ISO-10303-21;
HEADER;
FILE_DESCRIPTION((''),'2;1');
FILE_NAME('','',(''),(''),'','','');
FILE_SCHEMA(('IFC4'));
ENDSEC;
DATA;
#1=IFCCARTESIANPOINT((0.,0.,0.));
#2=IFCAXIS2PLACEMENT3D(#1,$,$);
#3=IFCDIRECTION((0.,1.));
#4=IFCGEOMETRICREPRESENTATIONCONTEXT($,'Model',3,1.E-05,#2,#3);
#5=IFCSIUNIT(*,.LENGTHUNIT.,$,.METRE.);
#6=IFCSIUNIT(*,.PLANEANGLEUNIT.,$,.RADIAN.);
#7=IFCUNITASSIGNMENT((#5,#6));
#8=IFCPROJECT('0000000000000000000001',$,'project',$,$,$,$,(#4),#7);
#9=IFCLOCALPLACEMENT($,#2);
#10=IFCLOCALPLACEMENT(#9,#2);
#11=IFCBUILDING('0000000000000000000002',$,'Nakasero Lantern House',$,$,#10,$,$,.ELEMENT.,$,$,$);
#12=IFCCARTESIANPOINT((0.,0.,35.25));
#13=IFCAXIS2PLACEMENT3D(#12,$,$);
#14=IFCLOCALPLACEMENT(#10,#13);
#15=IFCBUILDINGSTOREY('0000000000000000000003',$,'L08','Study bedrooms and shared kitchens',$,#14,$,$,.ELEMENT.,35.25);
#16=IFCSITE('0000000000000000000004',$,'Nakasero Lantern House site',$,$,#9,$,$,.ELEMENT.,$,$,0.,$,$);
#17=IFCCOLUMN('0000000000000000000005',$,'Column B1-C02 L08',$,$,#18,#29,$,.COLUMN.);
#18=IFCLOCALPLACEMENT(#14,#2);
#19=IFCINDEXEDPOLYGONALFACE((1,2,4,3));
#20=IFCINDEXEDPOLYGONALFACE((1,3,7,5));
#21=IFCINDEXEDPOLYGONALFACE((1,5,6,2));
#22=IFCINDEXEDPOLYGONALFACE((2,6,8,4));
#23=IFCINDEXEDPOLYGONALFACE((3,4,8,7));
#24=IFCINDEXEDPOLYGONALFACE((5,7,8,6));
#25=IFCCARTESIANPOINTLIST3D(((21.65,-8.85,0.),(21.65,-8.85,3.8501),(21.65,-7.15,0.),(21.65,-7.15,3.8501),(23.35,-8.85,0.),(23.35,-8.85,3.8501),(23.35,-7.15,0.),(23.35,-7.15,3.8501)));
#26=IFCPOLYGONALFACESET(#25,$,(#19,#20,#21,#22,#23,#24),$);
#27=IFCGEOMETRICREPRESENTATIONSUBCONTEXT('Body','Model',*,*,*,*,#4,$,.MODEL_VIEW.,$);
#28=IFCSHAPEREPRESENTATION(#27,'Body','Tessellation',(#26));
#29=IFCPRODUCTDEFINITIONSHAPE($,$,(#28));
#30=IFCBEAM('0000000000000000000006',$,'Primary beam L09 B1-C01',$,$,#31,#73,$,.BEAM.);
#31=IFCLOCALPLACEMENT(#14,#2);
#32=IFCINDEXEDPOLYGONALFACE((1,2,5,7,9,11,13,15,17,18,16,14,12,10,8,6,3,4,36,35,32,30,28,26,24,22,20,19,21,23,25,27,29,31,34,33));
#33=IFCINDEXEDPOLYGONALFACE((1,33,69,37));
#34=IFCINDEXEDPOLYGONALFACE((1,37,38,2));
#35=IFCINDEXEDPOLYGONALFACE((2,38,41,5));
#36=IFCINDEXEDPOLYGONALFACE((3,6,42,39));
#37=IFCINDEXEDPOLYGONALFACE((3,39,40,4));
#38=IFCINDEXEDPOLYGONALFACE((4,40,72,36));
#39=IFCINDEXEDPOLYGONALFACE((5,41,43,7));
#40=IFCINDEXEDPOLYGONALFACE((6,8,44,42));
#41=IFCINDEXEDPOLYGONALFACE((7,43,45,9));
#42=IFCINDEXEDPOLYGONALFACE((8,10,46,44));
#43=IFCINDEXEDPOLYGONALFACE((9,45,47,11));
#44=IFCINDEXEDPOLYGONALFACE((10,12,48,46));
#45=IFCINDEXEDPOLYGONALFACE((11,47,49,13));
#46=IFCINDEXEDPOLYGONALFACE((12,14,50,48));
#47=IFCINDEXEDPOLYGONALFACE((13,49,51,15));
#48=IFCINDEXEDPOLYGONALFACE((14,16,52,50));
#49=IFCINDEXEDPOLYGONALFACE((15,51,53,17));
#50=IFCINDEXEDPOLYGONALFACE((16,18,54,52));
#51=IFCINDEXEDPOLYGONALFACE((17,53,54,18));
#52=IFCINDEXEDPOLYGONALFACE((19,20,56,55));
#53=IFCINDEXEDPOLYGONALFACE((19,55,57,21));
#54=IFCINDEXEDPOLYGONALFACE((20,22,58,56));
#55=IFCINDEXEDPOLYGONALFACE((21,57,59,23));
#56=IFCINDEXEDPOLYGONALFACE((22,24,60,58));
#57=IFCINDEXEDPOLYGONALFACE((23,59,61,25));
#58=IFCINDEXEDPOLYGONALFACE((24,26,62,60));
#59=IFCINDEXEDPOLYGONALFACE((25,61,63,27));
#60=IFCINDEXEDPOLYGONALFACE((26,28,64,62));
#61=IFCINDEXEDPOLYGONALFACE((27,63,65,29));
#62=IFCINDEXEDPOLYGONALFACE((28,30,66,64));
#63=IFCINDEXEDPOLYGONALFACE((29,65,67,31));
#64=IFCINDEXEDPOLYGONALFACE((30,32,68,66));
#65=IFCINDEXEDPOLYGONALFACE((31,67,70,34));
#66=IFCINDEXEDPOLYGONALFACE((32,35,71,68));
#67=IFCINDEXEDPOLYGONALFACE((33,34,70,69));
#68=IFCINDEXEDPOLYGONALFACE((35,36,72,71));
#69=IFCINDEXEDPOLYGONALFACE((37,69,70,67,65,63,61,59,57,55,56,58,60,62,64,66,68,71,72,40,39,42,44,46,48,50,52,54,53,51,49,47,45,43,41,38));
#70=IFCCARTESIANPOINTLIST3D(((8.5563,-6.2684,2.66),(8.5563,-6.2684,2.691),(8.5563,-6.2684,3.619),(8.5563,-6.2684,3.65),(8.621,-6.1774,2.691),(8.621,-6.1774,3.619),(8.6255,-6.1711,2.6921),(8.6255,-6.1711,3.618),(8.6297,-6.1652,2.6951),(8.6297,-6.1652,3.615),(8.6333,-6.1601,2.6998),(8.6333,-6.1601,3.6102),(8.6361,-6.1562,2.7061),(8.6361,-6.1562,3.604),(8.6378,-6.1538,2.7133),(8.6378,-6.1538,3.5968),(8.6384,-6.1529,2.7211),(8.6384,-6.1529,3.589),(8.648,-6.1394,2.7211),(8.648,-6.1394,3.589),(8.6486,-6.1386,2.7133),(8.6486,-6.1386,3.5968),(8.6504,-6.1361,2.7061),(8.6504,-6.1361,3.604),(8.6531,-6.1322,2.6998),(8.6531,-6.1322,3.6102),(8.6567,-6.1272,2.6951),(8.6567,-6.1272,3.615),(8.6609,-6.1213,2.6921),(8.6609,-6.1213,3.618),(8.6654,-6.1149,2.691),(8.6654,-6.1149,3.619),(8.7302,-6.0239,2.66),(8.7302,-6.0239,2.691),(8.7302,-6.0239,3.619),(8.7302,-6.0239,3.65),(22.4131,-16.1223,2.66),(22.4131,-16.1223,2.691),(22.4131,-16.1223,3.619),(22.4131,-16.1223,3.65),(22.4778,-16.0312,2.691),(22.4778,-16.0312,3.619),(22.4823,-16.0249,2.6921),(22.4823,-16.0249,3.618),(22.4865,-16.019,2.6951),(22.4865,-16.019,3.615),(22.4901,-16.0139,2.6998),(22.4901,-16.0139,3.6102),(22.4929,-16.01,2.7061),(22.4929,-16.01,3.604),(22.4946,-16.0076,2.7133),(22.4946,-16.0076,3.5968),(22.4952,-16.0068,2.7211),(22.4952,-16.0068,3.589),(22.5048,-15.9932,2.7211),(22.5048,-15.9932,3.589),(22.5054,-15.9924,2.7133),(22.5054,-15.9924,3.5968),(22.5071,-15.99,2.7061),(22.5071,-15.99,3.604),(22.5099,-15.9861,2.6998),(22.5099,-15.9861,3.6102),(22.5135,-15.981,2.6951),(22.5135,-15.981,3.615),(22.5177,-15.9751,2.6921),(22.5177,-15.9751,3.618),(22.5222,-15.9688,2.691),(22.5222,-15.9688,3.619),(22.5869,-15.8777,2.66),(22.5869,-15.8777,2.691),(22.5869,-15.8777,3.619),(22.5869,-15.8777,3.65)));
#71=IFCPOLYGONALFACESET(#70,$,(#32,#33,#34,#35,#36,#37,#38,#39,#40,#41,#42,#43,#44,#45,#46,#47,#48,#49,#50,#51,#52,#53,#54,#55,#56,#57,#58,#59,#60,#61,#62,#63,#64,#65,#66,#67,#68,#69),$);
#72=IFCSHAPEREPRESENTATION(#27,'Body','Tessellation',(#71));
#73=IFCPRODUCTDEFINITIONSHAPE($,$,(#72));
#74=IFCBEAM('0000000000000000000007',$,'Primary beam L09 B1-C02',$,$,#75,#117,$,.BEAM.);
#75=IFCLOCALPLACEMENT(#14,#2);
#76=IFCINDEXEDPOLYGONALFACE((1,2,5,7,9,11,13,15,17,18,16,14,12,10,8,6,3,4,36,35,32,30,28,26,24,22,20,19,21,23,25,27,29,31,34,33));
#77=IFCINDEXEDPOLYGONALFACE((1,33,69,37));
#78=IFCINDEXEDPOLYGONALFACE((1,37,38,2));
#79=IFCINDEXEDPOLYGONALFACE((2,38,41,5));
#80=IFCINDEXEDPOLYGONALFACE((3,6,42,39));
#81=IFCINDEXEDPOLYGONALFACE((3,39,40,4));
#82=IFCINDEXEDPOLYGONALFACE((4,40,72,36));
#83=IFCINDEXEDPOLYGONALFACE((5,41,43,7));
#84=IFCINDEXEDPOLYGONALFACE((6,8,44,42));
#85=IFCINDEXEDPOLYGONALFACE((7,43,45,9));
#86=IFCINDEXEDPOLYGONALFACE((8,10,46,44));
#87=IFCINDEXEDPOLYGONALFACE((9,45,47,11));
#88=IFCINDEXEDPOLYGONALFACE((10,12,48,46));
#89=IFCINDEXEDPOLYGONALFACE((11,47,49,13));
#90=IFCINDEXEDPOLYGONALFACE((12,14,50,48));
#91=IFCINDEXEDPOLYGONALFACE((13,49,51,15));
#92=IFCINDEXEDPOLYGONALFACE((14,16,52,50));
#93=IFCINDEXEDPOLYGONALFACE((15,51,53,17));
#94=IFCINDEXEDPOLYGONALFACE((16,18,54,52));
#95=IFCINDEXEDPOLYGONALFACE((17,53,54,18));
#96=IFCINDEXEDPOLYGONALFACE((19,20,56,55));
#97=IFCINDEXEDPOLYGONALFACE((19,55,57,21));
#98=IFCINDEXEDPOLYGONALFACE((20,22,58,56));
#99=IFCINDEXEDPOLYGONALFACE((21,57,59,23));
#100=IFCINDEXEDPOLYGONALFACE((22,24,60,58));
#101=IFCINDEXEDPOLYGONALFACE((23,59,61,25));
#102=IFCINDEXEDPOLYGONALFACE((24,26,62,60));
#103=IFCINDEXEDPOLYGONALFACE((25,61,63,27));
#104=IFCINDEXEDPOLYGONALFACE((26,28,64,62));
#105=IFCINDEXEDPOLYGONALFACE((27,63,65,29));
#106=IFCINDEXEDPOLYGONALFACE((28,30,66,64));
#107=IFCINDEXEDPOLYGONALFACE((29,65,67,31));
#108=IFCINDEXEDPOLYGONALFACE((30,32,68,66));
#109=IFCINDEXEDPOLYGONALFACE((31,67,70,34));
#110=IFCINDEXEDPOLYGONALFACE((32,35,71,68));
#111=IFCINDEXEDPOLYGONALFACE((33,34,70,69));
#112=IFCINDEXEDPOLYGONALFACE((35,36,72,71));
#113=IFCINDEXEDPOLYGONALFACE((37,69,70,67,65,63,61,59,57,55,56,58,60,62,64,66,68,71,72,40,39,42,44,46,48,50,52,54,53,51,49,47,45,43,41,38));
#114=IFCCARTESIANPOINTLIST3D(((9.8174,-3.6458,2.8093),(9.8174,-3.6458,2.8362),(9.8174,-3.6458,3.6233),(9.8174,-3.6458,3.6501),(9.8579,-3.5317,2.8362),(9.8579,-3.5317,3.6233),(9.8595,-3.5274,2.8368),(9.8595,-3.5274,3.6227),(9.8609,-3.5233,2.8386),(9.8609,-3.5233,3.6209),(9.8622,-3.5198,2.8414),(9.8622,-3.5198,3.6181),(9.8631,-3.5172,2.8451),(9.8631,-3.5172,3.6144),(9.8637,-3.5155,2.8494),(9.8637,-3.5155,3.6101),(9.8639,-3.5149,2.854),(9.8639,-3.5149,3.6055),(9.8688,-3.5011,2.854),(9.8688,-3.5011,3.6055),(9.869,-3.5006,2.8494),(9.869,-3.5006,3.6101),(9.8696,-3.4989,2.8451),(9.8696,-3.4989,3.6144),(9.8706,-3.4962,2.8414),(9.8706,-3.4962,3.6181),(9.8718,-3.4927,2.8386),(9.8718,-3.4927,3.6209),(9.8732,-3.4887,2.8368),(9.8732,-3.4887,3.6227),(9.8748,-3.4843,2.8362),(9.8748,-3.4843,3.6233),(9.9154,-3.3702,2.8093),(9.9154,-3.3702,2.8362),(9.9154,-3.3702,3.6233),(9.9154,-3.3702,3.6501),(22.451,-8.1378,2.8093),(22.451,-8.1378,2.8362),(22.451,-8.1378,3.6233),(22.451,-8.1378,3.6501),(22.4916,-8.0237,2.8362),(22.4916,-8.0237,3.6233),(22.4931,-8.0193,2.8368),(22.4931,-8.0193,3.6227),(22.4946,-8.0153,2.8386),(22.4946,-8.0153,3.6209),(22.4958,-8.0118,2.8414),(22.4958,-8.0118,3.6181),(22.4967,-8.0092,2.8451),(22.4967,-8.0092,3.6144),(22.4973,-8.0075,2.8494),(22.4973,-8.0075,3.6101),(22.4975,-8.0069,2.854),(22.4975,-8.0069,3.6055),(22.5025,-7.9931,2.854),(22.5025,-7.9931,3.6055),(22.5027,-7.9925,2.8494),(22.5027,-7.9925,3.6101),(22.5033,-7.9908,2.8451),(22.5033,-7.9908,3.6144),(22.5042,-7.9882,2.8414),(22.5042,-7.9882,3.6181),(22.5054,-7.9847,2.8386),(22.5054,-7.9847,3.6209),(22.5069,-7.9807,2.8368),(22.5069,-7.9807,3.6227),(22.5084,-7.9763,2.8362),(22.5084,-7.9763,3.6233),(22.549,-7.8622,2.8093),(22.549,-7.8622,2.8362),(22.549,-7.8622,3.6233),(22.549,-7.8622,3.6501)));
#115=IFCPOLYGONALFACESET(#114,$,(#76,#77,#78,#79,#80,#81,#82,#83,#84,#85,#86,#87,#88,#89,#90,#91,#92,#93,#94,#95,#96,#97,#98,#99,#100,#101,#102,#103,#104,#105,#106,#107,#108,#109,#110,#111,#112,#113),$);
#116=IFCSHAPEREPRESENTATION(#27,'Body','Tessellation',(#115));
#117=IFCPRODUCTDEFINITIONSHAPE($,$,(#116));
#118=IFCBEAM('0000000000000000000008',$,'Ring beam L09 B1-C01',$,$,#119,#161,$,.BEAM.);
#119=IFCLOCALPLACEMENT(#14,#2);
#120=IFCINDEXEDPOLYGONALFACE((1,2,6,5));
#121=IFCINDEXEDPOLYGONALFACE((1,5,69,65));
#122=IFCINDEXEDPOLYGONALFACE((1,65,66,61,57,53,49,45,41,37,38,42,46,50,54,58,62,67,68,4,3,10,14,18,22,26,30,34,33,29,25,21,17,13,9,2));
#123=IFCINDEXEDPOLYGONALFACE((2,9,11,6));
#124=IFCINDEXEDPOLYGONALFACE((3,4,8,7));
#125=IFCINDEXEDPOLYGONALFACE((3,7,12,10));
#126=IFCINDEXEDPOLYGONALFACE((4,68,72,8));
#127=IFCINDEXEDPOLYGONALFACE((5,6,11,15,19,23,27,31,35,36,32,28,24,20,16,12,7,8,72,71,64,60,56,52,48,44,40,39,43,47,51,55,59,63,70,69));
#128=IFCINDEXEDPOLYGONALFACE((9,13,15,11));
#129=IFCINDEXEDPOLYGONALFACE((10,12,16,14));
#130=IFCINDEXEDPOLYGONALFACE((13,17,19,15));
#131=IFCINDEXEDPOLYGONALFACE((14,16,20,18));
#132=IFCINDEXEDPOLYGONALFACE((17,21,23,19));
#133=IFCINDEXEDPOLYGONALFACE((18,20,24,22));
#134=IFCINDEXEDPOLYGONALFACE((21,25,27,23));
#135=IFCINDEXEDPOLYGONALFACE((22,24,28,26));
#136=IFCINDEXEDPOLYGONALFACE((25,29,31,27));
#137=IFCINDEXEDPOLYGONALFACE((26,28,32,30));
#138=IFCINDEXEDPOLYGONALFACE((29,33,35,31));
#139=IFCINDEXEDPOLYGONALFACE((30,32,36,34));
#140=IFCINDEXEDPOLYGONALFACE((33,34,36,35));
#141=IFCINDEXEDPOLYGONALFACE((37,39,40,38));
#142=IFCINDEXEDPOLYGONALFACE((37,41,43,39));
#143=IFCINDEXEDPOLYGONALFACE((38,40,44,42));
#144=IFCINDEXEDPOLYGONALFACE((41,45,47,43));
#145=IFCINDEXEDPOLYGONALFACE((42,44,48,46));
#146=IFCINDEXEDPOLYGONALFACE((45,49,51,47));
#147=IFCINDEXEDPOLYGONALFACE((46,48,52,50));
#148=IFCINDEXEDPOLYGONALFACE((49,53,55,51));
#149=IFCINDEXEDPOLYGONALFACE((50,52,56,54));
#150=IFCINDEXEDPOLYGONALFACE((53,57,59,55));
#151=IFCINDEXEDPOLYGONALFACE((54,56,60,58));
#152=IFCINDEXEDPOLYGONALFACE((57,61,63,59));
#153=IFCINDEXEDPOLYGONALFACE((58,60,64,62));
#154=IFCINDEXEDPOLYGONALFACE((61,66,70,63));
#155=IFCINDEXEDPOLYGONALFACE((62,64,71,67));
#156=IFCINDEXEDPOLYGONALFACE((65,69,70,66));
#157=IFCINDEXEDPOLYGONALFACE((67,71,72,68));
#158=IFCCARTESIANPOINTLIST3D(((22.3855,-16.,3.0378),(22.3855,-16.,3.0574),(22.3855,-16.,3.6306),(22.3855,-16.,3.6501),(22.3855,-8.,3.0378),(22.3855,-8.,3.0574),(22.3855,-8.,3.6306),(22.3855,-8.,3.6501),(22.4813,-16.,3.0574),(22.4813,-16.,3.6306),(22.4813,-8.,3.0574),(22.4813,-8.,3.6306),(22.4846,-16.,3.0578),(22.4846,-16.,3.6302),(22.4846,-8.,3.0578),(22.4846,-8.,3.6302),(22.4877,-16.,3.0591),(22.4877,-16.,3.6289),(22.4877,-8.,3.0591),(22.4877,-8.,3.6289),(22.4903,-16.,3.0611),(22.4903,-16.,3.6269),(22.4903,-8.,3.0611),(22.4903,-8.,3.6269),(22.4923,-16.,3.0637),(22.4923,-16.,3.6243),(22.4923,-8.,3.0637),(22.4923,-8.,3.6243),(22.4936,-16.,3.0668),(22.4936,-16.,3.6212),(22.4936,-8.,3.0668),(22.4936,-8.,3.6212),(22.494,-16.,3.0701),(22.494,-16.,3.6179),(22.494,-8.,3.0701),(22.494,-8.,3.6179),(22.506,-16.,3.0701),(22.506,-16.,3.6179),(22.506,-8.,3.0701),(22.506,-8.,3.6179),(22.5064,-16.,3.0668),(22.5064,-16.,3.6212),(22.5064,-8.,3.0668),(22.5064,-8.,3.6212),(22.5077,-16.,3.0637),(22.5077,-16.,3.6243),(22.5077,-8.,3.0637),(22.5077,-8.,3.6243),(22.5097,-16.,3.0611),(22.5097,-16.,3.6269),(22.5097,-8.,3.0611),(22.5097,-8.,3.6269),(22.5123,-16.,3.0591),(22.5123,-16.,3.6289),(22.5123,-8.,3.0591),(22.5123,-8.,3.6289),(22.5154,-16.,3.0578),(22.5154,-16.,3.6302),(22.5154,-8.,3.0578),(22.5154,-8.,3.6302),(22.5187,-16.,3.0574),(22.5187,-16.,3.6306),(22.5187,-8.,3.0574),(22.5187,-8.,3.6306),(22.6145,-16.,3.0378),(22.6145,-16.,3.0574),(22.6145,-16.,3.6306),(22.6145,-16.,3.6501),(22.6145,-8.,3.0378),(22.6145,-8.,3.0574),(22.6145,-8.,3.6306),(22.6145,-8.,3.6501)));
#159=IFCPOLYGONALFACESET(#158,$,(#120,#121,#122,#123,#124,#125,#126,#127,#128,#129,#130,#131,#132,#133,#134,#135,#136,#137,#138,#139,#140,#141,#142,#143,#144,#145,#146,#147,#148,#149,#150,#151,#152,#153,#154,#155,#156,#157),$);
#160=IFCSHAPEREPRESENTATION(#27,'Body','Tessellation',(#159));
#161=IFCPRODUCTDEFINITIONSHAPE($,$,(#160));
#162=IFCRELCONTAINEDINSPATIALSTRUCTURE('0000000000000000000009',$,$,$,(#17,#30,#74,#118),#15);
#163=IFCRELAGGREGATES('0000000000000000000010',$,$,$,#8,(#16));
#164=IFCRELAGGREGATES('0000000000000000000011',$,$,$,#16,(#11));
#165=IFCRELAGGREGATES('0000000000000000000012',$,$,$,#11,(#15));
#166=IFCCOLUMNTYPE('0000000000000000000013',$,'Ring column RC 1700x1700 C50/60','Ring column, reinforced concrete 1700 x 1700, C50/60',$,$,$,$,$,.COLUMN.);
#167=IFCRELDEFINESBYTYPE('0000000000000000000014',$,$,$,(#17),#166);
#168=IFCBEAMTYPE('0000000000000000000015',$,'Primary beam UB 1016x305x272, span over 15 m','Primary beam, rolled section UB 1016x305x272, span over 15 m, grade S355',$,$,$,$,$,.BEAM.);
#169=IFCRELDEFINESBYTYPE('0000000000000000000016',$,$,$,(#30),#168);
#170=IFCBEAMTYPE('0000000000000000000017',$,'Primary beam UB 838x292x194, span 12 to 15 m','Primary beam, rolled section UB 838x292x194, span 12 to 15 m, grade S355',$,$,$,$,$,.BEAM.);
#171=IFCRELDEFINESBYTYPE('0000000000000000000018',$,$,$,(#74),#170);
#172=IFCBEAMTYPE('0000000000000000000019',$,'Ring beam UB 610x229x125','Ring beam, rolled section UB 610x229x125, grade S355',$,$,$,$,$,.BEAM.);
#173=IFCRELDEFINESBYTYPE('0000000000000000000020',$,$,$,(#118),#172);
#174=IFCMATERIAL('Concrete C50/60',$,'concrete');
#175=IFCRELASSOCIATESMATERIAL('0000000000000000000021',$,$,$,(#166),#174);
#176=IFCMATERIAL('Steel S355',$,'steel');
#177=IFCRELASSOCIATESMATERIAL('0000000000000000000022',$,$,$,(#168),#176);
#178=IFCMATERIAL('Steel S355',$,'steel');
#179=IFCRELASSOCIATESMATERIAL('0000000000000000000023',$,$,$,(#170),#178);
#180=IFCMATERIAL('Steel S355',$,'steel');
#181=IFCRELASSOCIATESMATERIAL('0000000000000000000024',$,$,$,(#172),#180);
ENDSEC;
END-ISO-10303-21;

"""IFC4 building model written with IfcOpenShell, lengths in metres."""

from ifc_helpers import new_model, si_unit, direction, frame, origin, origin_2d, place, context, subcontext, project, spatial, rectangle, i_section, extrude, material, material_profile, profile_set, type_object, element, save


model = new_model("IFC4")

# Units and contexts
model_context = context("Model", 3, precision=1e-05, world=origin(), true_north=direction((0.0, 1.0)))
body_context = subcontext(model_context, "Body", "Model", "MODEL_VIEW")
ifc_project = project(units=[si_unit("LENGTHUNIT", "METRE"), si_unit("PLANEANGLEUNIT", "RADIAN")], contexts=[model_context])

# Site, building, storey
site_placement = place(None, origin())
site = spatial("IfcSite", under=ifc_project, at=site_placement, Name="Nakasero Lantern House site", CompositionType="ELEMENT", RefElevation=0.0)
building_placement = place(site_placement, origin())
building = spatial("IfcBuilding", under=site, at=building_placement, Name="Nakasero Lantern House", CompositionType="ELEMENT")
storey_placement = place(building_placement, frame((0.0, 0.0, 35.25)))
storey = spatial("IfcBuildingStorey", under=building, at=storey_placement, Name="L08", Description="Study bedrooms and shared kitchens", CompositionType="ELEMENT", Elevation=35.25)

# Column
ifc_material_1 = material(Name="Concrete C50/60", Category="concrete")
ifc_material_profile_1 = material_profile(ifc_material_1, rectangle(XDim=1.7, YDim=1.7, at=origin_2d()), Name="RC 1700x1700")
ifc_profile_set_1 = profile_set([ifc_material_profile_1], Name="Concrete C50/60")
column_type = type_object("IfcColumnType", Name="Ring column RC 1700x1700 C50/60", Description="Ring column, reinforced concrete 1700 x 1700, C50/60", PredefinedType="COLUMN", material=ifc_profile_set_1)
column_placement = place(storey_placement, frame((22.5, -8.0, 0.0), z_axis=(0.0, 0.0, 1.0), x_axis=(1.0, 0.0, 0.0)))
element("IfcColumn", 1, at=column_placement, inside=storey, type_object=column_type, Name="Column B1-C02 L08", PredefinedType="COLUMN", context=body_context, shape_type="SweptSolid", body=[
    extrude(rectangle(XDim=1.7, YDim=1.7, at=origin_2d()), origin(), (0.0, 0.0, 1.0), 3.8501),
])

# Beams
ifc_material_2 = material(Name="Steel S355", Category="steel")
ifc_material_profile_2 = material_profile(ifc_material_2, i_section(OverallWidth=0.3, OverallDepth=0.99, WebThickness=0.0166, FlangeThickness=0.031, FilletRadius=0.03, at=origin_2d()), Name="UB 1016x305x272")
ifc_profile_set_2 = profile_set([ifc_material_profile_2], Name="Steel S355")
beam_type_1 = type_object("IfcBeamType", Name="Primary beam UB 1016x305x272, span over 15 m", Description="Primary beam, rolled section UB 1016x305x272, span over 15 m, grade S355", PredefinedType="BEAM", material=ifc_profile_set_2)
beam_1_placement = place(storey_placement, frame((22.5, -16.0, 3.155), z_axis=(-0.814952, 0.579528, 0.0), x_axis=(-0.579528, -0.814952, 0.0)))
element("IfcBeam", 2, at=beam_1_placement, inside=storey, type_object=beam_type_1, Name="Primary beam L09 B1-C01", PredefinedType="BEAM", context=body_context, shape_type="SweptSolid", body=[
    extrude(i_section(OverallWidth=0.3, OverallDepth=0.99, WebThickness=0.0166, FlangeThickness=0.031, FilletRadius=0.03, at=origin_2d()), origin(), (0.0, 0.0, 1.0), 17.0032),
])
ifc_material_3 = material(Name="Steel S355", Category="steel")
ifc_material_profile_3 = material_profile(ifc_material_3, i_section(OverallWidth=0.2925, OverallDepth=0.8408, WebThickness=0.0146, FlangeThickness=0.0269, FilletRadius=0.0178, at=origin_2d()), Name="UB 838x292x194")
ifc_profile_set_3 = profile_set([ifc_material_profile_3], Name="Steel S355")
beam_type_2 = type_object("IfcBeamType", Name="Primary beam UB 838x292x194, span 12 to 15 m", Description="Primary beam, rolled section UB 838x292x194, span 12 to 15 m, grade S355", PredefinedType="BEAM", material=ifc_profile_set_3)
beam_2_placement = place(storey_placement, frame((22.5, -8.0, 3.2297), z_axis=(-0.942214, 0.335011, 0.0), x_axis=(-0.335011, -0.942214, 0.0)))
element("IfcBeam", 3, at=beam_2_placement, inside=storey, type_object=beam_type_2, Name="Primary beam L09 B1-C02", PredefinedType="BEAM", context=body_context, shape_type="SweptSolid", body=[
    extrude(i_section(OverallWidth=0.2925, OverallDepth=0.8408, WebThickness=0.0146, FlangeThickness=0.0269, FilletRadius=0.0178, at=origin_2d()), origin(), (0.0, 0.0, 1.0), 13.4084),
])
ifc_material_4 = material(Name="Steel S355", Category="steel")
ifc_material_profile_4 = material_profile(ifc_material_4, i_section(OverallWidth=0.229, OverallDepth=0.6123, WebThickness=0.012, FlangeThickness=0.0195, FilletRadius=0.0127, at=origin_2d()), Name="UB 610x229x125")
ifc_profile_set_4 = profile_set([ifc_material_profile_4], Name="Steel S355")
beam_type_3 = type_object("IfcBeamType", Name="Ring beam UB 610x229x125", Description="Ring beam, rolled section UB 610x229x125, grade S355", PredefinedType="BEAM", material=ifc_profile_set_4)
for number, where, z_axis, x_axis, name in (
    (4, (22.5, -16.0, 3.344), (0.0, 1.0, 0.0), (-1.0, 0.0, 0.0), "Ring beam L09 B1-C01"),
):
    element("IfcBeam", number, at=place(storey_placement, frame(where, z_axis=z_axis, x_axis=x_axis)), inside=storey, type_object=beam_type_3, Name=name, PredefinedType="BEAM", context=body_context, shape_type="SweptSolid", body=[
        extrude(i_section(OverallWidth=0.229, OverallDepth=0.6123, WebThickness=0.012, FlangeThickness=0.0195, FilletRadius=0.0127, at=origin_2d()), origin(), (0.0, 0.0, 1.0), 8.0),
    ])

save(model, "model.ifc")
